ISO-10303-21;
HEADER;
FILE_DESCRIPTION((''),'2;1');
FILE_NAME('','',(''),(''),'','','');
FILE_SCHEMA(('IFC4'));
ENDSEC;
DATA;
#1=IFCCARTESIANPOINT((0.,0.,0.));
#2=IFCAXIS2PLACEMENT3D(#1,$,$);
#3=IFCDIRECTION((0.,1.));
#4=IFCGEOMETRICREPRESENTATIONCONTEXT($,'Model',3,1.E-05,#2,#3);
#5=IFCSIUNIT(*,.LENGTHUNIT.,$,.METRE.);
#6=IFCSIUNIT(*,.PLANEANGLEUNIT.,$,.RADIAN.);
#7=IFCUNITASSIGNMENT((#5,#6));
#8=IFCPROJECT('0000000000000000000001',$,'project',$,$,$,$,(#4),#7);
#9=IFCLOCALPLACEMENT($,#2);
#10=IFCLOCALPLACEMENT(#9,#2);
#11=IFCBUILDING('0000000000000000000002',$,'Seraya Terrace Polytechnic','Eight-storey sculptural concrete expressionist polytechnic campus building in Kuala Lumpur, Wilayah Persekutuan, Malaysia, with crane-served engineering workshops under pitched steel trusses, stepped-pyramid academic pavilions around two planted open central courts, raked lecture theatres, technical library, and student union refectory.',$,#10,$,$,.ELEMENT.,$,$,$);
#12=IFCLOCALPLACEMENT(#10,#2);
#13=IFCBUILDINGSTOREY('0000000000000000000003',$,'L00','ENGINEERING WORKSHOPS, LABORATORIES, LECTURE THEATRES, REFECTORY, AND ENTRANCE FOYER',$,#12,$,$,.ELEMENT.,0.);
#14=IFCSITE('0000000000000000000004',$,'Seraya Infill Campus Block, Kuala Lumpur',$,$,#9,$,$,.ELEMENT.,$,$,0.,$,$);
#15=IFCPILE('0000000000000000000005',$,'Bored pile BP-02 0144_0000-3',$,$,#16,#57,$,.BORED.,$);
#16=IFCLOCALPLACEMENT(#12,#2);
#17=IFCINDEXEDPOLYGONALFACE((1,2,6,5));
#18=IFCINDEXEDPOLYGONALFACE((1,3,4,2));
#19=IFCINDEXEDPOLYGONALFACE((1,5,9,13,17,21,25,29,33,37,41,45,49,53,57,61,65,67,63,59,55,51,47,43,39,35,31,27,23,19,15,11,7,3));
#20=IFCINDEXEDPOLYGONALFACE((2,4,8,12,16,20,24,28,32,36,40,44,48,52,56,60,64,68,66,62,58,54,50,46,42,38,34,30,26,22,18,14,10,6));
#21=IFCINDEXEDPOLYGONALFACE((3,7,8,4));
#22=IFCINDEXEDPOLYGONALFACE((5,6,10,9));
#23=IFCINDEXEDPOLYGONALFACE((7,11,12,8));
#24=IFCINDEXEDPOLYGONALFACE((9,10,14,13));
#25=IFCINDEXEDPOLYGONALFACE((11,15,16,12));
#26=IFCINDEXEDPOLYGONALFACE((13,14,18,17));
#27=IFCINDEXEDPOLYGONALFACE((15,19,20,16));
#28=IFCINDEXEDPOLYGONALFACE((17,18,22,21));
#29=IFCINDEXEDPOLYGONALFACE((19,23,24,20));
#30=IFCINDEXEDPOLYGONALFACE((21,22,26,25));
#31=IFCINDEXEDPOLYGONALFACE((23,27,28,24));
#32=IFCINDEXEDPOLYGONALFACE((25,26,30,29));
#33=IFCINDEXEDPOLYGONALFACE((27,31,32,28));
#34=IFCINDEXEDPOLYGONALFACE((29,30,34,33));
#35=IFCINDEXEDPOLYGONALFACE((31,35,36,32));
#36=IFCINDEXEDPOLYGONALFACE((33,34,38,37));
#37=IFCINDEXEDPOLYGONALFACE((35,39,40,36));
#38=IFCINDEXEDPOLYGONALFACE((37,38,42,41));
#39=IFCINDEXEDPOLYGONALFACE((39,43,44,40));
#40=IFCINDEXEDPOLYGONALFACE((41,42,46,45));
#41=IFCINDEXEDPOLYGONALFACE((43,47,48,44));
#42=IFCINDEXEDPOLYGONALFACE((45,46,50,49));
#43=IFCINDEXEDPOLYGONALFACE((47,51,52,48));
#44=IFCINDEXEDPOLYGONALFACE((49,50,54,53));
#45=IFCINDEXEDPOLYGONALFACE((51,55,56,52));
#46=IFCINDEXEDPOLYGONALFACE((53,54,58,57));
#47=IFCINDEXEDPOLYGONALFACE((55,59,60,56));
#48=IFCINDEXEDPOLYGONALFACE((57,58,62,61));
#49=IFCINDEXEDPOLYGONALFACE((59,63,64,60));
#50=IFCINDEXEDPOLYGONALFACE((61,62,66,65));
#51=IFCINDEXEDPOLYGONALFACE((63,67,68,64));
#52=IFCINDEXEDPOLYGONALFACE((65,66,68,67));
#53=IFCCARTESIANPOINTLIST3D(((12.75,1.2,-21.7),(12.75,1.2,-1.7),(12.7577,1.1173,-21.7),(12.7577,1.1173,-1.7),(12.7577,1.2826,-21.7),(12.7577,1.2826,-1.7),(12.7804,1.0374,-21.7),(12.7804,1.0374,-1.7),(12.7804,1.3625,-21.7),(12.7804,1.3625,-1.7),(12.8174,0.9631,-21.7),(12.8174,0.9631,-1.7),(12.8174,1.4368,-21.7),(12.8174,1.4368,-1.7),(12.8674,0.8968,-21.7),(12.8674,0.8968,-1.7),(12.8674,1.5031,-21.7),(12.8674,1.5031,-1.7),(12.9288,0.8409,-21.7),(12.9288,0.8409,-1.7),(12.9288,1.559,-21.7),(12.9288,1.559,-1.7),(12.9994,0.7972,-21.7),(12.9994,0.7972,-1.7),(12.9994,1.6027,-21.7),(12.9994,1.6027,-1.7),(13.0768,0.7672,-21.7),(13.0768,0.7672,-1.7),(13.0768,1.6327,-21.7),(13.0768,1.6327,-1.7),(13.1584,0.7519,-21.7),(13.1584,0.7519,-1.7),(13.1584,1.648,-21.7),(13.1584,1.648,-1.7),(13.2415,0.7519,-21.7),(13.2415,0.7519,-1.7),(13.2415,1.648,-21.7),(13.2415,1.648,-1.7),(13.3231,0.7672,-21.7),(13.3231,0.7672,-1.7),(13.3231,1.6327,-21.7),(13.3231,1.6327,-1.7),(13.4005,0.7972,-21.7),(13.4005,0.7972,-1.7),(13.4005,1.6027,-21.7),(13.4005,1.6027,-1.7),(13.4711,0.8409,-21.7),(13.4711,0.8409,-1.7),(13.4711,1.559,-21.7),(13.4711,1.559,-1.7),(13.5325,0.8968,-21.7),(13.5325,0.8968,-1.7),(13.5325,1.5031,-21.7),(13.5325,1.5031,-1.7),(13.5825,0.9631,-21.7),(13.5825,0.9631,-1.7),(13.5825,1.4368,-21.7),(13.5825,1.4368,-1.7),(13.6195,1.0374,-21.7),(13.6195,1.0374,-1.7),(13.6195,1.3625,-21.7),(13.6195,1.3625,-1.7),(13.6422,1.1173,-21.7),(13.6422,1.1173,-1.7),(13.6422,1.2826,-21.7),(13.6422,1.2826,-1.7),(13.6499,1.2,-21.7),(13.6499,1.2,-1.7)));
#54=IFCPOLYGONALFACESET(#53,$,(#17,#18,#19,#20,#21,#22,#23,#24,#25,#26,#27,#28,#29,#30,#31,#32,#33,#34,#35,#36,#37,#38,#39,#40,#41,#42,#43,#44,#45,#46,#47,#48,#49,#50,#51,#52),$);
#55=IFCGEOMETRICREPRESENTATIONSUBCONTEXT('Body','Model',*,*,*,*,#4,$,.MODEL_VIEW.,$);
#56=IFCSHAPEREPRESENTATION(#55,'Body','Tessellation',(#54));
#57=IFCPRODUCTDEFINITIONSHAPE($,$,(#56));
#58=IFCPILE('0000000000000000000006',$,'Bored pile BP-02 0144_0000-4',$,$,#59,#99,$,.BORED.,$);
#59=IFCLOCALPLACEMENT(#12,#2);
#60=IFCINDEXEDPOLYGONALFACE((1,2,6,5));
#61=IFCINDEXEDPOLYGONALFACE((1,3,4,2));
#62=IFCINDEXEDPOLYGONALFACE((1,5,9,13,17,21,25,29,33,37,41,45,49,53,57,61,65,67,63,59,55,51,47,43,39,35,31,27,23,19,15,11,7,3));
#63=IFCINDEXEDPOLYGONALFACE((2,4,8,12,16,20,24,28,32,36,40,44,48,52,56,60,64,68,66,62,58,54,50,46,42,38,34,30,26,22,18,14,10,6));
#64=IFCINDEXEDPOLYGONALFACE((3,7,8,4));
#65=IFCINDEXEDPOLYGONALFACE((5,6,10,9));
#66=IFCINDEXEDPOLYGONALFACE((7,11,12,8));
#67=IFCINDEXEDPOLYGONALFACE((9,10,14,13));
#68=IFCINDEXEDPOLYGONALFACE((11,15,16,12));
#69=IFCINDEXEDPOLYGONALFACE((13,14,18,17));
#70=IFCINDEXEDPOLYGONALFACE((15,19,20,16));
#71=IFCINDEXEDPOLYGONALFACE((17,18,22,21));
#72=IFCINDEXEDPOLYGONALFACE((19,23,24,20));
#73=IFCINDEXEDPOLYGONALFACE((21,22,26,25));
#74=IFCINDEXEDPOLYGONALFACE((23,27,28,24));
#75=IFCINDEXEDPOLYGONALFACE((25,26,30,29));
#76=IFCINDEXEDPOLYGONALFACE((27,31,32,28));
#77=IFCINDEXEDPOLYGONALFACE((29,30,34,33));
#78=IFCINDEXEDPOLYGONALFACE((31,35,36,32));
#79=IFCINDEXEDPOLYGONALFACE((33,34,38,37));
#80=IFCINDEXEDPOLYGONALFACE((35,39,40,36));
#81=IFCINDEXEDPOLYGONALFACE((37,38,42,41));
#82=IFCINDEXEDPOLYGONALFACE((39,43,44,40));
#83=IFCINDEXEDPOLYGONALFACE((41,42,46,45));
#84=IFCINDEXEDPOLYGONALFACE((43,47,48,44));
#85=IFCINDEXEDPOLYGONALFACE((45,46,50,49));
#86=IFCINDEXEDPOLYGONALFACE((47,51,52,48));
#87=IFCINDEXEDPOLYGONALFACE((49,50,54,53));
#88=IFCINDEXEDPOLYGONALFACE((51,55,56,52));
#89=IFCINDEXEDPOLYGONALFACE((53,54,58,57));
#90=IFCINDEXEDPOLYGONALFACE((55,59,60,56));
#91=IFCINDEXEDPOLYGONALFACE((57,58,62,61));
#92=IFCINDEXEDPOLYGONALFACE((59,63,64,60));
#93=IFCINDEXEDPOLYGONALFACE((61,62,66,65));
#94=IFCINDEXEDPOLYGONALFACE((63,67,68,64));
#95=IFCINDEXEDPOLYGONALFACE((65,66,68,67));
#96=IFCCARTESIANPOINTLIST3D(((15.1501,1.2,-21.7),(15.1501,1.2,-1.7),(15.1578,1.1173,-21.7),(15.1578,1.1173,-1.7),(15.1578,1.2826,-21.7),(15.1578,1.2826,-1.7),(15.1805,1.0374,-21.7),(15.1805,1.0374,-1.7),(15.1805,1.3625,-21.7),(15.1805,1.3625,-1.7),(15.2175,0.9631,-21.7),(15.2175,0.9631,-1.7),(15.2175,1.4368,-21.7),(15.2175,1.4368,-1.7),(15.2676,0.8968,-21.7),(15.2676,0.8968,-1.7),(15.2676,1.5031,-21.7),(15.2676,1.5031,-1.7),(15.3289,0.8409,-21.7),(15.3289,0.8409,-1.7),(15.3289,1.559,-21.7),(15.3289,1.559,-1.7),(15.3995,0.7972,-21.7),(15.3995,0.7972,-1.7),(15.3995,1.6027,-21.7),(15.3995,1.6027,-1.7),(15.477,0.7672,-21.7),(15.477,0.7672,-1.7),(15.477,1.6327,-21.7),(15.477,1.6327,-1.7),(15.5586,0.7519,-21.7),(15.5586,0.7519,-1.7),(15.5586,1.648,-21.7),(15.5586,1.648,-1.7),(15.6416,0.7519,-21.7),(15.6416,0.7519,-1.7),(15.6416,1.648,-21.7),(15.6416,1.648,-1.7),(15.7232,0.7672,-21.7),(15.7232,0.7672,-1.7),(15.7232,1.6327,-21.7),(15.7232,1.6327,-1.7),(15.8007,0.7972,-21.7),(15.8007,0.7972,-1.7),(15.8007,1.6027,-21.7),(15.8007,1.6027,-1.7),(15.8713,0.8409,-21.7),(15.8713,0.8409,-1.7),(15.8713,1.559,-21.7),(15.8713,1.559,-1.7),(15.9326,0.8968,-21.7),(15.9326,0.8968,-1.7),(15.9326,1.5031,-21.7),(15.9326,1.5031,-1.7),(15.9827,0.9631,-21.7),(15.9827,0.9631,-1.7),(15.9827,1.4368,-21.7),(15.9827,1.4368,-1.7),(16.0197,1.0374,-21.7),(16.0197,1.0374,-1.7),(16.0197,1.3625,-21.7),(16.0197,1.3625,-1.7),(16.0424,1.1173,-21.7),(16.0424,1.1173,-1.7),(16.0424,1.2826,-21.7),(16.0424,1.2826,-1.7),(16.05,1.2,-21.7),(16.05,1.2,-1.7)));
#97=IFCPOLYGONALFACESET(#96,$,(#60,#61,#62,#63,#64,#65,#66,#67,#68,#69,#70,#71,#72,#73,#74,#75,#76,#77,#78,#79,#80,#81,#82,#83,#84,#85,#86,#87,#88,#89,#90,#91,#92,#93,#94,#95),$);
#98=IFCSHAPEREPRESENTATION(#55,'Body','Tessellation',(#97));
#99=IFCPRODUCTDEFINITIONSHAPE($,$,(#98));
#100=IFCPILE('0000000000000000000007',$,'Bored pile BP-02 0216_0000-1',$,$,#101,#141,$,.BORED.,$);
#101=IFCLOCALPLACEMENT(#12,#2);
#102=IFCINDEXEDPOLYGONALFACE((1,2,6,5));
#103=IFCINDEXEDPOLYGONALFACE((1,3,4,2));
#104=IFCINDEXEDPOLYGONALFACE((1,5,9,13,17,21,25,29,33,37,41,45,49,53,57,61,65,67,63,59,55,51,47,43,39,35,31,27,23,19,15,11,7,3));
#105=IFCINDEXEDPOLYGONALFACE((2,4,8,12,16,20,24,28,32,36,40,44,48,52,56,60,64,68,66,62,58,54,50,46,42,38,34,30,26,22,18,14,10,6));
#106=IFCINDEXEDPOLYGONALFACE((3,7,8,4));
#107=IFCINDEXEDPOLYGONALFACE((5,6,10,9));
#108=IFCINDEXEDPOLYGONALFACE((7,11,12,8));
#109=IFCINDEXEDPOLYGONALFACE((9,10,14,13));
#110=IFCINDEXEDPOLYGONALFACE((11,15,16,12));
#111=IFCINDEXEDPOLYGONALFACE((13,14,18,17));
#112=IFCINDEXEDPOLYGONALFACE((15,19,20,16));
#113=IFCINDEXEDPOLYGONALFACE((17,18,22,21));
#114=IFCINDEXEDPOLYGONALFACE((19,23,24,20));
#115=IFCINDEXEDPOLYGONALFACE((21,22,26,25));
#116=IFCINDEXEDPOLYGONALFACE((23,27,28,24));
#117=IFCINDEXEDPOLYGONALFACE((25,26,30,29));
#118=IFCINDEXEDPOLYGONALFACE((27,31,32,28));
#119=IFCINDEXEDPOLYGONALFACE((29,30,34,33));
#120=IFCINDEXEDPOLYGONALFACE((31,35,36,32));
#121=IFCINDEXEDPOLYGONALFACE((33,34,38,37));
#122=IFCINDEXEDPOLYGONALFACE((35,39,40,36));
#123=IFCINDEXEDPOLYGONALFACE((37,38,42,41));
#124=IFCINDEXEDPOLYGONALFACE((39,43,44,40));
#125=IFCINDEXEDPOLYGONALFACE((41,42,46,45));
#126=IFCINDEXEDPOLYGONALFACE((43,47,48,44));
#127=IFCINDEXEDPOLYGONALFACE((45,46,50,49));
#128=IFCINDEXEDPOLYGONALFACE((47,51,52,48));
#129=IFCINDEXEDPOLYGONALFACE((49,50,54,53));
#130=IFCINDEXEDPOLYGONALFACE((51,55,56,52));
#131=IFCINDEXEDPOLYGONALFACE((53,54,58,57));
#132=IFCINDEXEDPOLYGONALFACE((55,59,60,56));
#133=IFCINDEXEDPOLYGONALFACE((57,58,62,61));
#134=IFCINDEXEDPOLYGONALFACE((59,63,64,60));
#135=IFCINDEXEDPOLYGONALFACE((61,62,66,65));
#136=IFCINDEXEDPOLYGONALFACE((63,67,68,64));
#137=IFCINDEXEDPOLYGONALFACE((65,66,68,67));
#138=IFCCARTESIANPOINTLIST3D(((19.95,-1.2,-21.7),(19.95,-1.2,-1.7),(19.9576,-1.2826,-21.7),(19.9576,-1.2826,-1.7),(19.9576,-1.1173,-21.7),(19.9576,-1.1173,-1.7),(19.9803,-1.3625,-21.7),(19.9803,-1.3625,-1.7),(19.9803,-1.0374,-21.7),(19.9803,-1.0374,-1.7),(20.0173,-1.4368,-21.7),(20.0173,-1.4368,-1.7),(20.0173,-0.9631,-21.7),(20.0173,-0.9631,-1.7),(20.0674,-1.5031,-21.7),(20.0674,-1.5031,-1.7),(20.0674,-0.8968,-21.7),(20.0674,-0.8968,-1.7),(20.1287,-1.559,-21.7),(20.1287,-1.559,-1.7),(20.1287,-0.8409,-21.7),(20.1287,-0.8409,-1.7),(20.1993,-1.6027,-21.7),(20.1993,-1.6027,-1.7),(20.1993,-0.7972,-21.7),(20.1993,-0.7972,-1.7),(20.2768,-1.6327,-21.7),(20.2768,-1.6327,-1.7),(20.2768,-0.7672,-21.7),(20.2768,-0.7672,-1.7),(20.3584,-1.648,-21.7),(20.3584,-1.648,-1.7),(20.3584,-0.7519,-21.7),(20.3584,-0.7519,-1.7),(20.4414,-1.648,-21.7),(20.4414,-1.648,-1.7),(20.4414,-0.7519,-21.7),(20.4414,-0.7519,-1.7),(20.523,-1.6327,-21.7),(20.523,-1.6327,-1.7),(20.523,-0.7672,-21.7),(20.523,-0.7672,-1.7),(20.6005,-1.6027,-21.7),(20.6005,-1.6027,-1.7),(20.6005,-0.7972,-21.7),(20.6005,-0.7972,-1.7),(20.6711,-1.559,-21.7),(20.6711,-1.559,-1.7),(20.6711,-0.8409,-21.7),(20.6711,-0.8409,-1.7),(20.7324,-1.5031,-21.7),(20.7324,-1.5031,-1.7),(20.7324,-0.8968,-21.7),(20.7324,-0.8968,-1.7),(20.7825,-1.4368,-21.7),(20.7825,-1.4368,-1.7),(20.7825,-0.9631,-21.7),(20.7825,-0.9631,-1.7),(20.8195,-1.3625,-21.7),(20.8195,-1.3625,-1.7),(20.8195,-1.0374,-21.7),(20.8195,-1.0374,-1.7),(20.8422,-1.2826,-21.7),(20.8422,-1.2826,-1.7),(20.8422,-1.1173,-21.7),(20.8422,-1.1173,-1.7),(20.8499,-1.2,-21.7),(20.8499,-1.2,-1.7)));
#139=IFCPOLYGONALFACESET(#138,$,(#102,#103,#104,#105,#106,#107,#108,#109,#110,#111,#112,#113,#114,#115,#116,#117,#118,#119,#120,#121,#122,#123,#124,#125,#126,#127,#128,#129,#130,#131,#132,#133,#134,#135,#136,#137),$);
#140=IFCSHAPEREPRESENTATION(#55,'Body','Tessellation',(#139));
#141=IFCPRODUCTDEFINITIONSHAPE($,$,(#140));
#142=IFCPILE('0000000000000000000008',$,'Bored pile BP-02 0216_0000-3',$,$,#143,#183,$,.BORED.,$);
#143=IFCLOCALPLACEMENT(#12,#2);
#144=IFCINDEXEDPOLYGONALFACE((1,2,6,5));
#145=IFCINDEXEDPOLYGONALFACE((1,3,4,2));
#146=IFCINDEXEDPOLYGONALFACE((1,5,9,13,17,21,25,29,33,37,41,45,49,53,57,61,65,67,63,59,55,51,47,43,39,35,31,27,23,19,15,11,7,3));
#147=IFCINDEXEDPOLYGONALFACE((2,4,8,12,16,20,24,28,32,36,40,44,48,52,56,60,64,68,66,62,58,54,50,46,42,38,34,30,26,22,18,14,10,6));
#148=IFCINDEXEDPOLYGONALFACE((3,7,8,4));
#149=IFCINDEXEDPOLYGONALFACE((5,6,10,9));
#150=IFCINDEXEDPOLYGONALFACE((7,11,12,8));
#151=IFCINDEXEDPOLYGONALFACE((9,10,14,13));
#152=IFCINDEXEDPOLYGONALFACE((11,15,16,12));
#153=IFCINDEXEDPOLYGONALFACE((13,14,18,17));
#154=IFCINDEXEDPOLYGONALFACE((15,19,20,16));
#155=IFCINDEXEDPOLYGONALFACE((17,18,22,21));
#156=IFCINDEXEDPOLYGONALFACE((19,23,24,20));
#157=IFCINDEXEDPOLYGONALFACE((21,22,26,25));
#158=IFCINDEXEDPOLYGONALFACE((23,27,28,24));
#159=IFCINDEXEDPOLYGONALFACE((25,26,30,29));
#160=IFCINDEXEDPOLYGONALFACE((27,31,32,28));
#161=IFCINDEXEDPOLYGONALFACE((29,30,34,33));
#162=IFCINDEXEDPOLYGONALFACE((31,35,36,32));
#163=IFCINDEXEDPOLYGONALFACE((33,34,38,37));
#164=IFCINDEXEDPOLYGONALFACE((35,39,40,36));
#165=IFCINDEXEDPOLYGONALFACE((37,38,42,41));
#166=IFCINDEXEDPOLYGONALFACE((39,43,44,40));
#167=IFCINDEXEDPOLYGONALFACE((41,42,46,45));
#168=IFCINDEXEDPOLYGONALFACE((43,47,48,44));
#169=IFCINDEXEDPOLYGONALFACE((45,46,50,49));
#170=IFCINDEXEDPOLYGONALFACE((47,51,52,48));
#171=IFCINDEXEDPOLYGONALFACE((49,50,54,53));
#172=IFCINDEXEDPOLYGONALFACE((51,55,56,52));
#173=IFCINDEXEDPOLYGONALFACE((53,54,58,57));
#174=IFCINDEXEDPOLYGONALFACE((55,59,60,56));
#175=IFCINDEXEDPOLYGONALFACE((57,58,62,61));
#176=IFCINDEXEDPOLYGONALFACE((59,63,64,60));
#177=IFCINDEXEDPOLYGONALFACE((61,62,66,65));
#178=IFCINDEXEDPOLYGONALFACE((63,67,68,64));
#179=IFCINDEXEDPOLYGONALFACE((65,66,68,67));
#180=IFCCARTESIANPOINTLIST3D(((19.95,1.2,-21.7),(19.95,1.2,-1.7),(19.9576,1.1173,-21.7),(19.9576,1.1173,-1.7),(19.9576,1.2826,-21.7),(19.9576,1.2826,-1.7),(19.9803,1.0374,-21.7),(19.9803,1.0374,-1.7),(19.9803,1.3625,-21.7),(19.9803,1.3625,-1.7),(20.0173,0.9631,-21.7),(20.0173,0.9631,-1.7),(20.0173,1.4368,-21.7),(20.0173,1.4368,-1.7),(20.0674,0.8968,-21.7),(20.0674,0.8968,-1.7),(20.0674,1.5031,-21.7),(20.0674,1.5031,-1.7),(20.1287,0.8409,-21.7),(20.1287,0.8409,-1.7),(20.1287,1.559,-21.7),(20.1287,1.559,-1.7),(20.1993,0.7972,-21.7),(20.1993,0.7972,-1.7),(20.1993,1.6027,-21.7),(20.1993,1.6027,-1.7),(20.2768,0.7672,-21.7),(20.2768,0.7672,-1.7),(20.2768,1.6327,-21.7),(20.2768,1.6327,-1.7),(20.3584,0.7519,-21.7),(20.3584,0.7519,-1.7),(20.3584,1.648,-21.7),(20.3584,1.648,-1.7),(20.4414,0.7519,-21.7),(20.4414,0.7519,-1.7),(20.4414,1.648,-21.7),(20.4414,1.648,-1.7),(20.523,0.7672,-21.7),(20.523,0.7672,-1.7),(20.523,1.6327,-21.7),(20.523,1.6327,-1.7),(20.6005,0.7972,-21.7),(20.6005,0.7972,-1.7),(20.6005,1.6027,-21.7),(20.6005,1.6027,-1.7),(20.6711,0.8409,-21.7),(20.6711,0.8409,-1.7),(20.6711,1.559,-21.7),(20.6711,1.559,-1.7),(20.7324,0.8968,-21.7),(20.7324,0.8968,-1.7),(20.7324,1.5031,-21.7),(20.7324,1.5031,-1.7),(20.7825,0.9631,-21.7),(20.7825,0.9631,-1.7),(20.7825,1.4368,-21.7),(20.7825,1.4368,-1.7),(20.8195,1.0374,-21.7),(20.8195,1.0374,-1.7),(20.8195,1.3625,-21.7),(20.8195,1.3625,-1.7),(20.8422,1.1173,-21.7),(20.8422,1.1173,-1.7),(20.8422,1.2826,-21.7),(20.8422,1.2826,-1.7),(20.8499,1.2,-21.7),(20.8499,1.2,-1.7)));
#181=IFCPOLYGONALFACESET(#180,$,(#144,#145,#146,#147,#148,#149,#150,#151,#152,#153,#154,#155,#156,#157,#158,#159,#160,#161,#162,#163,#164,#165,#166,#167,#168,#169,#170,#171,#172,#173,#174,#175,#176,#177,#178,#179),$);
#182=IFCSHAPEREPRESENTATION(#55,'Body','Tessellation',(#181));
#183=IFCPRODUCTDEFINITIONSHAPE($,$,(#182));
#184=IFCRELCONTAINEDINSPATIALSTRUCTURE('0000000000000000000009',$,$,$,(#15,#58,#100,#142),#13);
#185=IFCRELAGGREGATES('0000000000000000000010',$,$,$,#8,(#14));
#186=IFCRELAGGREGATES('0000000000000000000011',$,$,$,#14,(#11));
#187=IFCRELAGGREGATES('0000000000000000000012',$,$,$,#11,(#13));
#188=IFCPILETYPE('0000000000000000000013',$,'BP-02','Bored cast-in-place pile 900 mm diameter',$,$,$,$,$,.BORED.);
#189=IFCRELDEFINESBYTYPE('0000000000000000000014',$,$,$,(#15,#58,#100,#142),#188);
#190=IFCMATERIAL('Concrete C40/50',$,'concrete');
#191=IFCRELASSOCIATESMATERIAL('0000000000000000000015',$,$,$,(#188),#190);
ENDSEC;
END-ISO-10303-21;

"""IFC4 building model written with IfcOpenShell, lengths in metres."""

from ifc_helpers import new_model, si_unit, direction, frame, origin, origin_2d, place, context, subcontext, project, spatial, circle, extrude, material, material_profile, profile_set, type_object, element, save


model = new_model("IFC4")

# Units and contexts
model_context = context("Model", 3, precision=1e-05, world=origin(), true_north=direction((0.0, 1.0)))
body_context = subcontext(model_context, "Body", "Model", "MODEL_VIEW")
ifc_project = project(units=[si_unit("LENGTHUNIT", "METRE"), si_unit("PLANEANGLEUNIT", "RADIAN")], contexts=[model_context])

# Site, building, storey
site_placement = place(None, origin())
site = spatial("IfcSite", under=ifc_project, at=site_placement, Name="Seraya Infill Campus Block, Kuala Lumpur", CompositionType="ELEMENT", RefElevation=0.0)
building_placement = place(site_placement, origin())
building = spatial("IfcBuilding", under=site, at=building_placement, Name="Seraya Terrace Polytechnic", Description="Eight-storey sculptural concrete expressionist polytechnic campus building in Kuala Lumpur, Wilayah Persekutuan, Malaysia, with crane-served engineering workshops under pitched steel trusses, stepped-pyramid academic pavilions around two planted open central courts, raked lecture theatres, technical library, and student union refectory.", CompositionType="ELEMENT")
storey_placement = place(building_placement, origin())
storey = spatial("IfcBuildingStorey", under=building, at=storey_placement, Name="L00", Description="ENGINEERING WORKSHOPS, LABORATORIES, LECTURE THEATRES, REFECTORY, AND ENTRANCE FOYER", CompositionType="ELEMENT", Elevation=0.0)

# Piles
ifc_material_1 = material(Name="Concrete C40/50", Category="concrete")
ifc_material_profile_1 = material_profile(ifc_material_1, circle(Radius=0.45, at=origin_2d()), Name="DIA 900")
ifc_profile_set_1 = profile_set([ifc_material_profile_1], Name="Concrete C40/50")
pile_type = type_object("IfcPileType", Name="BP-02", Description="Bored cast-in-place pile 900 mm diameter", PredefinedType="BORED", material=ifc_profile_set_1)
for number, where, z_axis, x_axis, name in (
    (1, (13.2, 1.2, -1.7), (0.0, 0.0, -1.0), (1.0, 0.0, 0.0), "Bored pile BP-02 0144_0000-3"),
    (2, (15.6001, 1.2, -1.7), (0.0, 0.0, -1.0), (1.0, 0.0, 0.0), "Bored pile BP-02 0144_0000-4"),
    (3, (20.3999, -1.2, -1.7), (0.0, 0.0, -1.0), (1.0, 0.0, 0.0), "Bored pile BP-02 0216_0000-1"),
    (4, (20.3999, 1.2, -1.7), (0.0, 0.0, -1.0), (1.0, 0.0, 0.0), "Bored pile BP-02 0216_0000-3"),
):
    element("IfcPile", number, at=place(storey_placement, frame(where, z_axis=z_axis, x_axis=x_axis)), inside=storey, type_object=pile_type, Name=name, PredefinedType="BORED", context=body_context, shape_type="SweptSolid", body=[
        extrude(circle(Radius=0.45, at=origin_2d()), origin(), (0.0, 0.0, 1.0), 20.0),
    ])

save(model, "model.ifc")
